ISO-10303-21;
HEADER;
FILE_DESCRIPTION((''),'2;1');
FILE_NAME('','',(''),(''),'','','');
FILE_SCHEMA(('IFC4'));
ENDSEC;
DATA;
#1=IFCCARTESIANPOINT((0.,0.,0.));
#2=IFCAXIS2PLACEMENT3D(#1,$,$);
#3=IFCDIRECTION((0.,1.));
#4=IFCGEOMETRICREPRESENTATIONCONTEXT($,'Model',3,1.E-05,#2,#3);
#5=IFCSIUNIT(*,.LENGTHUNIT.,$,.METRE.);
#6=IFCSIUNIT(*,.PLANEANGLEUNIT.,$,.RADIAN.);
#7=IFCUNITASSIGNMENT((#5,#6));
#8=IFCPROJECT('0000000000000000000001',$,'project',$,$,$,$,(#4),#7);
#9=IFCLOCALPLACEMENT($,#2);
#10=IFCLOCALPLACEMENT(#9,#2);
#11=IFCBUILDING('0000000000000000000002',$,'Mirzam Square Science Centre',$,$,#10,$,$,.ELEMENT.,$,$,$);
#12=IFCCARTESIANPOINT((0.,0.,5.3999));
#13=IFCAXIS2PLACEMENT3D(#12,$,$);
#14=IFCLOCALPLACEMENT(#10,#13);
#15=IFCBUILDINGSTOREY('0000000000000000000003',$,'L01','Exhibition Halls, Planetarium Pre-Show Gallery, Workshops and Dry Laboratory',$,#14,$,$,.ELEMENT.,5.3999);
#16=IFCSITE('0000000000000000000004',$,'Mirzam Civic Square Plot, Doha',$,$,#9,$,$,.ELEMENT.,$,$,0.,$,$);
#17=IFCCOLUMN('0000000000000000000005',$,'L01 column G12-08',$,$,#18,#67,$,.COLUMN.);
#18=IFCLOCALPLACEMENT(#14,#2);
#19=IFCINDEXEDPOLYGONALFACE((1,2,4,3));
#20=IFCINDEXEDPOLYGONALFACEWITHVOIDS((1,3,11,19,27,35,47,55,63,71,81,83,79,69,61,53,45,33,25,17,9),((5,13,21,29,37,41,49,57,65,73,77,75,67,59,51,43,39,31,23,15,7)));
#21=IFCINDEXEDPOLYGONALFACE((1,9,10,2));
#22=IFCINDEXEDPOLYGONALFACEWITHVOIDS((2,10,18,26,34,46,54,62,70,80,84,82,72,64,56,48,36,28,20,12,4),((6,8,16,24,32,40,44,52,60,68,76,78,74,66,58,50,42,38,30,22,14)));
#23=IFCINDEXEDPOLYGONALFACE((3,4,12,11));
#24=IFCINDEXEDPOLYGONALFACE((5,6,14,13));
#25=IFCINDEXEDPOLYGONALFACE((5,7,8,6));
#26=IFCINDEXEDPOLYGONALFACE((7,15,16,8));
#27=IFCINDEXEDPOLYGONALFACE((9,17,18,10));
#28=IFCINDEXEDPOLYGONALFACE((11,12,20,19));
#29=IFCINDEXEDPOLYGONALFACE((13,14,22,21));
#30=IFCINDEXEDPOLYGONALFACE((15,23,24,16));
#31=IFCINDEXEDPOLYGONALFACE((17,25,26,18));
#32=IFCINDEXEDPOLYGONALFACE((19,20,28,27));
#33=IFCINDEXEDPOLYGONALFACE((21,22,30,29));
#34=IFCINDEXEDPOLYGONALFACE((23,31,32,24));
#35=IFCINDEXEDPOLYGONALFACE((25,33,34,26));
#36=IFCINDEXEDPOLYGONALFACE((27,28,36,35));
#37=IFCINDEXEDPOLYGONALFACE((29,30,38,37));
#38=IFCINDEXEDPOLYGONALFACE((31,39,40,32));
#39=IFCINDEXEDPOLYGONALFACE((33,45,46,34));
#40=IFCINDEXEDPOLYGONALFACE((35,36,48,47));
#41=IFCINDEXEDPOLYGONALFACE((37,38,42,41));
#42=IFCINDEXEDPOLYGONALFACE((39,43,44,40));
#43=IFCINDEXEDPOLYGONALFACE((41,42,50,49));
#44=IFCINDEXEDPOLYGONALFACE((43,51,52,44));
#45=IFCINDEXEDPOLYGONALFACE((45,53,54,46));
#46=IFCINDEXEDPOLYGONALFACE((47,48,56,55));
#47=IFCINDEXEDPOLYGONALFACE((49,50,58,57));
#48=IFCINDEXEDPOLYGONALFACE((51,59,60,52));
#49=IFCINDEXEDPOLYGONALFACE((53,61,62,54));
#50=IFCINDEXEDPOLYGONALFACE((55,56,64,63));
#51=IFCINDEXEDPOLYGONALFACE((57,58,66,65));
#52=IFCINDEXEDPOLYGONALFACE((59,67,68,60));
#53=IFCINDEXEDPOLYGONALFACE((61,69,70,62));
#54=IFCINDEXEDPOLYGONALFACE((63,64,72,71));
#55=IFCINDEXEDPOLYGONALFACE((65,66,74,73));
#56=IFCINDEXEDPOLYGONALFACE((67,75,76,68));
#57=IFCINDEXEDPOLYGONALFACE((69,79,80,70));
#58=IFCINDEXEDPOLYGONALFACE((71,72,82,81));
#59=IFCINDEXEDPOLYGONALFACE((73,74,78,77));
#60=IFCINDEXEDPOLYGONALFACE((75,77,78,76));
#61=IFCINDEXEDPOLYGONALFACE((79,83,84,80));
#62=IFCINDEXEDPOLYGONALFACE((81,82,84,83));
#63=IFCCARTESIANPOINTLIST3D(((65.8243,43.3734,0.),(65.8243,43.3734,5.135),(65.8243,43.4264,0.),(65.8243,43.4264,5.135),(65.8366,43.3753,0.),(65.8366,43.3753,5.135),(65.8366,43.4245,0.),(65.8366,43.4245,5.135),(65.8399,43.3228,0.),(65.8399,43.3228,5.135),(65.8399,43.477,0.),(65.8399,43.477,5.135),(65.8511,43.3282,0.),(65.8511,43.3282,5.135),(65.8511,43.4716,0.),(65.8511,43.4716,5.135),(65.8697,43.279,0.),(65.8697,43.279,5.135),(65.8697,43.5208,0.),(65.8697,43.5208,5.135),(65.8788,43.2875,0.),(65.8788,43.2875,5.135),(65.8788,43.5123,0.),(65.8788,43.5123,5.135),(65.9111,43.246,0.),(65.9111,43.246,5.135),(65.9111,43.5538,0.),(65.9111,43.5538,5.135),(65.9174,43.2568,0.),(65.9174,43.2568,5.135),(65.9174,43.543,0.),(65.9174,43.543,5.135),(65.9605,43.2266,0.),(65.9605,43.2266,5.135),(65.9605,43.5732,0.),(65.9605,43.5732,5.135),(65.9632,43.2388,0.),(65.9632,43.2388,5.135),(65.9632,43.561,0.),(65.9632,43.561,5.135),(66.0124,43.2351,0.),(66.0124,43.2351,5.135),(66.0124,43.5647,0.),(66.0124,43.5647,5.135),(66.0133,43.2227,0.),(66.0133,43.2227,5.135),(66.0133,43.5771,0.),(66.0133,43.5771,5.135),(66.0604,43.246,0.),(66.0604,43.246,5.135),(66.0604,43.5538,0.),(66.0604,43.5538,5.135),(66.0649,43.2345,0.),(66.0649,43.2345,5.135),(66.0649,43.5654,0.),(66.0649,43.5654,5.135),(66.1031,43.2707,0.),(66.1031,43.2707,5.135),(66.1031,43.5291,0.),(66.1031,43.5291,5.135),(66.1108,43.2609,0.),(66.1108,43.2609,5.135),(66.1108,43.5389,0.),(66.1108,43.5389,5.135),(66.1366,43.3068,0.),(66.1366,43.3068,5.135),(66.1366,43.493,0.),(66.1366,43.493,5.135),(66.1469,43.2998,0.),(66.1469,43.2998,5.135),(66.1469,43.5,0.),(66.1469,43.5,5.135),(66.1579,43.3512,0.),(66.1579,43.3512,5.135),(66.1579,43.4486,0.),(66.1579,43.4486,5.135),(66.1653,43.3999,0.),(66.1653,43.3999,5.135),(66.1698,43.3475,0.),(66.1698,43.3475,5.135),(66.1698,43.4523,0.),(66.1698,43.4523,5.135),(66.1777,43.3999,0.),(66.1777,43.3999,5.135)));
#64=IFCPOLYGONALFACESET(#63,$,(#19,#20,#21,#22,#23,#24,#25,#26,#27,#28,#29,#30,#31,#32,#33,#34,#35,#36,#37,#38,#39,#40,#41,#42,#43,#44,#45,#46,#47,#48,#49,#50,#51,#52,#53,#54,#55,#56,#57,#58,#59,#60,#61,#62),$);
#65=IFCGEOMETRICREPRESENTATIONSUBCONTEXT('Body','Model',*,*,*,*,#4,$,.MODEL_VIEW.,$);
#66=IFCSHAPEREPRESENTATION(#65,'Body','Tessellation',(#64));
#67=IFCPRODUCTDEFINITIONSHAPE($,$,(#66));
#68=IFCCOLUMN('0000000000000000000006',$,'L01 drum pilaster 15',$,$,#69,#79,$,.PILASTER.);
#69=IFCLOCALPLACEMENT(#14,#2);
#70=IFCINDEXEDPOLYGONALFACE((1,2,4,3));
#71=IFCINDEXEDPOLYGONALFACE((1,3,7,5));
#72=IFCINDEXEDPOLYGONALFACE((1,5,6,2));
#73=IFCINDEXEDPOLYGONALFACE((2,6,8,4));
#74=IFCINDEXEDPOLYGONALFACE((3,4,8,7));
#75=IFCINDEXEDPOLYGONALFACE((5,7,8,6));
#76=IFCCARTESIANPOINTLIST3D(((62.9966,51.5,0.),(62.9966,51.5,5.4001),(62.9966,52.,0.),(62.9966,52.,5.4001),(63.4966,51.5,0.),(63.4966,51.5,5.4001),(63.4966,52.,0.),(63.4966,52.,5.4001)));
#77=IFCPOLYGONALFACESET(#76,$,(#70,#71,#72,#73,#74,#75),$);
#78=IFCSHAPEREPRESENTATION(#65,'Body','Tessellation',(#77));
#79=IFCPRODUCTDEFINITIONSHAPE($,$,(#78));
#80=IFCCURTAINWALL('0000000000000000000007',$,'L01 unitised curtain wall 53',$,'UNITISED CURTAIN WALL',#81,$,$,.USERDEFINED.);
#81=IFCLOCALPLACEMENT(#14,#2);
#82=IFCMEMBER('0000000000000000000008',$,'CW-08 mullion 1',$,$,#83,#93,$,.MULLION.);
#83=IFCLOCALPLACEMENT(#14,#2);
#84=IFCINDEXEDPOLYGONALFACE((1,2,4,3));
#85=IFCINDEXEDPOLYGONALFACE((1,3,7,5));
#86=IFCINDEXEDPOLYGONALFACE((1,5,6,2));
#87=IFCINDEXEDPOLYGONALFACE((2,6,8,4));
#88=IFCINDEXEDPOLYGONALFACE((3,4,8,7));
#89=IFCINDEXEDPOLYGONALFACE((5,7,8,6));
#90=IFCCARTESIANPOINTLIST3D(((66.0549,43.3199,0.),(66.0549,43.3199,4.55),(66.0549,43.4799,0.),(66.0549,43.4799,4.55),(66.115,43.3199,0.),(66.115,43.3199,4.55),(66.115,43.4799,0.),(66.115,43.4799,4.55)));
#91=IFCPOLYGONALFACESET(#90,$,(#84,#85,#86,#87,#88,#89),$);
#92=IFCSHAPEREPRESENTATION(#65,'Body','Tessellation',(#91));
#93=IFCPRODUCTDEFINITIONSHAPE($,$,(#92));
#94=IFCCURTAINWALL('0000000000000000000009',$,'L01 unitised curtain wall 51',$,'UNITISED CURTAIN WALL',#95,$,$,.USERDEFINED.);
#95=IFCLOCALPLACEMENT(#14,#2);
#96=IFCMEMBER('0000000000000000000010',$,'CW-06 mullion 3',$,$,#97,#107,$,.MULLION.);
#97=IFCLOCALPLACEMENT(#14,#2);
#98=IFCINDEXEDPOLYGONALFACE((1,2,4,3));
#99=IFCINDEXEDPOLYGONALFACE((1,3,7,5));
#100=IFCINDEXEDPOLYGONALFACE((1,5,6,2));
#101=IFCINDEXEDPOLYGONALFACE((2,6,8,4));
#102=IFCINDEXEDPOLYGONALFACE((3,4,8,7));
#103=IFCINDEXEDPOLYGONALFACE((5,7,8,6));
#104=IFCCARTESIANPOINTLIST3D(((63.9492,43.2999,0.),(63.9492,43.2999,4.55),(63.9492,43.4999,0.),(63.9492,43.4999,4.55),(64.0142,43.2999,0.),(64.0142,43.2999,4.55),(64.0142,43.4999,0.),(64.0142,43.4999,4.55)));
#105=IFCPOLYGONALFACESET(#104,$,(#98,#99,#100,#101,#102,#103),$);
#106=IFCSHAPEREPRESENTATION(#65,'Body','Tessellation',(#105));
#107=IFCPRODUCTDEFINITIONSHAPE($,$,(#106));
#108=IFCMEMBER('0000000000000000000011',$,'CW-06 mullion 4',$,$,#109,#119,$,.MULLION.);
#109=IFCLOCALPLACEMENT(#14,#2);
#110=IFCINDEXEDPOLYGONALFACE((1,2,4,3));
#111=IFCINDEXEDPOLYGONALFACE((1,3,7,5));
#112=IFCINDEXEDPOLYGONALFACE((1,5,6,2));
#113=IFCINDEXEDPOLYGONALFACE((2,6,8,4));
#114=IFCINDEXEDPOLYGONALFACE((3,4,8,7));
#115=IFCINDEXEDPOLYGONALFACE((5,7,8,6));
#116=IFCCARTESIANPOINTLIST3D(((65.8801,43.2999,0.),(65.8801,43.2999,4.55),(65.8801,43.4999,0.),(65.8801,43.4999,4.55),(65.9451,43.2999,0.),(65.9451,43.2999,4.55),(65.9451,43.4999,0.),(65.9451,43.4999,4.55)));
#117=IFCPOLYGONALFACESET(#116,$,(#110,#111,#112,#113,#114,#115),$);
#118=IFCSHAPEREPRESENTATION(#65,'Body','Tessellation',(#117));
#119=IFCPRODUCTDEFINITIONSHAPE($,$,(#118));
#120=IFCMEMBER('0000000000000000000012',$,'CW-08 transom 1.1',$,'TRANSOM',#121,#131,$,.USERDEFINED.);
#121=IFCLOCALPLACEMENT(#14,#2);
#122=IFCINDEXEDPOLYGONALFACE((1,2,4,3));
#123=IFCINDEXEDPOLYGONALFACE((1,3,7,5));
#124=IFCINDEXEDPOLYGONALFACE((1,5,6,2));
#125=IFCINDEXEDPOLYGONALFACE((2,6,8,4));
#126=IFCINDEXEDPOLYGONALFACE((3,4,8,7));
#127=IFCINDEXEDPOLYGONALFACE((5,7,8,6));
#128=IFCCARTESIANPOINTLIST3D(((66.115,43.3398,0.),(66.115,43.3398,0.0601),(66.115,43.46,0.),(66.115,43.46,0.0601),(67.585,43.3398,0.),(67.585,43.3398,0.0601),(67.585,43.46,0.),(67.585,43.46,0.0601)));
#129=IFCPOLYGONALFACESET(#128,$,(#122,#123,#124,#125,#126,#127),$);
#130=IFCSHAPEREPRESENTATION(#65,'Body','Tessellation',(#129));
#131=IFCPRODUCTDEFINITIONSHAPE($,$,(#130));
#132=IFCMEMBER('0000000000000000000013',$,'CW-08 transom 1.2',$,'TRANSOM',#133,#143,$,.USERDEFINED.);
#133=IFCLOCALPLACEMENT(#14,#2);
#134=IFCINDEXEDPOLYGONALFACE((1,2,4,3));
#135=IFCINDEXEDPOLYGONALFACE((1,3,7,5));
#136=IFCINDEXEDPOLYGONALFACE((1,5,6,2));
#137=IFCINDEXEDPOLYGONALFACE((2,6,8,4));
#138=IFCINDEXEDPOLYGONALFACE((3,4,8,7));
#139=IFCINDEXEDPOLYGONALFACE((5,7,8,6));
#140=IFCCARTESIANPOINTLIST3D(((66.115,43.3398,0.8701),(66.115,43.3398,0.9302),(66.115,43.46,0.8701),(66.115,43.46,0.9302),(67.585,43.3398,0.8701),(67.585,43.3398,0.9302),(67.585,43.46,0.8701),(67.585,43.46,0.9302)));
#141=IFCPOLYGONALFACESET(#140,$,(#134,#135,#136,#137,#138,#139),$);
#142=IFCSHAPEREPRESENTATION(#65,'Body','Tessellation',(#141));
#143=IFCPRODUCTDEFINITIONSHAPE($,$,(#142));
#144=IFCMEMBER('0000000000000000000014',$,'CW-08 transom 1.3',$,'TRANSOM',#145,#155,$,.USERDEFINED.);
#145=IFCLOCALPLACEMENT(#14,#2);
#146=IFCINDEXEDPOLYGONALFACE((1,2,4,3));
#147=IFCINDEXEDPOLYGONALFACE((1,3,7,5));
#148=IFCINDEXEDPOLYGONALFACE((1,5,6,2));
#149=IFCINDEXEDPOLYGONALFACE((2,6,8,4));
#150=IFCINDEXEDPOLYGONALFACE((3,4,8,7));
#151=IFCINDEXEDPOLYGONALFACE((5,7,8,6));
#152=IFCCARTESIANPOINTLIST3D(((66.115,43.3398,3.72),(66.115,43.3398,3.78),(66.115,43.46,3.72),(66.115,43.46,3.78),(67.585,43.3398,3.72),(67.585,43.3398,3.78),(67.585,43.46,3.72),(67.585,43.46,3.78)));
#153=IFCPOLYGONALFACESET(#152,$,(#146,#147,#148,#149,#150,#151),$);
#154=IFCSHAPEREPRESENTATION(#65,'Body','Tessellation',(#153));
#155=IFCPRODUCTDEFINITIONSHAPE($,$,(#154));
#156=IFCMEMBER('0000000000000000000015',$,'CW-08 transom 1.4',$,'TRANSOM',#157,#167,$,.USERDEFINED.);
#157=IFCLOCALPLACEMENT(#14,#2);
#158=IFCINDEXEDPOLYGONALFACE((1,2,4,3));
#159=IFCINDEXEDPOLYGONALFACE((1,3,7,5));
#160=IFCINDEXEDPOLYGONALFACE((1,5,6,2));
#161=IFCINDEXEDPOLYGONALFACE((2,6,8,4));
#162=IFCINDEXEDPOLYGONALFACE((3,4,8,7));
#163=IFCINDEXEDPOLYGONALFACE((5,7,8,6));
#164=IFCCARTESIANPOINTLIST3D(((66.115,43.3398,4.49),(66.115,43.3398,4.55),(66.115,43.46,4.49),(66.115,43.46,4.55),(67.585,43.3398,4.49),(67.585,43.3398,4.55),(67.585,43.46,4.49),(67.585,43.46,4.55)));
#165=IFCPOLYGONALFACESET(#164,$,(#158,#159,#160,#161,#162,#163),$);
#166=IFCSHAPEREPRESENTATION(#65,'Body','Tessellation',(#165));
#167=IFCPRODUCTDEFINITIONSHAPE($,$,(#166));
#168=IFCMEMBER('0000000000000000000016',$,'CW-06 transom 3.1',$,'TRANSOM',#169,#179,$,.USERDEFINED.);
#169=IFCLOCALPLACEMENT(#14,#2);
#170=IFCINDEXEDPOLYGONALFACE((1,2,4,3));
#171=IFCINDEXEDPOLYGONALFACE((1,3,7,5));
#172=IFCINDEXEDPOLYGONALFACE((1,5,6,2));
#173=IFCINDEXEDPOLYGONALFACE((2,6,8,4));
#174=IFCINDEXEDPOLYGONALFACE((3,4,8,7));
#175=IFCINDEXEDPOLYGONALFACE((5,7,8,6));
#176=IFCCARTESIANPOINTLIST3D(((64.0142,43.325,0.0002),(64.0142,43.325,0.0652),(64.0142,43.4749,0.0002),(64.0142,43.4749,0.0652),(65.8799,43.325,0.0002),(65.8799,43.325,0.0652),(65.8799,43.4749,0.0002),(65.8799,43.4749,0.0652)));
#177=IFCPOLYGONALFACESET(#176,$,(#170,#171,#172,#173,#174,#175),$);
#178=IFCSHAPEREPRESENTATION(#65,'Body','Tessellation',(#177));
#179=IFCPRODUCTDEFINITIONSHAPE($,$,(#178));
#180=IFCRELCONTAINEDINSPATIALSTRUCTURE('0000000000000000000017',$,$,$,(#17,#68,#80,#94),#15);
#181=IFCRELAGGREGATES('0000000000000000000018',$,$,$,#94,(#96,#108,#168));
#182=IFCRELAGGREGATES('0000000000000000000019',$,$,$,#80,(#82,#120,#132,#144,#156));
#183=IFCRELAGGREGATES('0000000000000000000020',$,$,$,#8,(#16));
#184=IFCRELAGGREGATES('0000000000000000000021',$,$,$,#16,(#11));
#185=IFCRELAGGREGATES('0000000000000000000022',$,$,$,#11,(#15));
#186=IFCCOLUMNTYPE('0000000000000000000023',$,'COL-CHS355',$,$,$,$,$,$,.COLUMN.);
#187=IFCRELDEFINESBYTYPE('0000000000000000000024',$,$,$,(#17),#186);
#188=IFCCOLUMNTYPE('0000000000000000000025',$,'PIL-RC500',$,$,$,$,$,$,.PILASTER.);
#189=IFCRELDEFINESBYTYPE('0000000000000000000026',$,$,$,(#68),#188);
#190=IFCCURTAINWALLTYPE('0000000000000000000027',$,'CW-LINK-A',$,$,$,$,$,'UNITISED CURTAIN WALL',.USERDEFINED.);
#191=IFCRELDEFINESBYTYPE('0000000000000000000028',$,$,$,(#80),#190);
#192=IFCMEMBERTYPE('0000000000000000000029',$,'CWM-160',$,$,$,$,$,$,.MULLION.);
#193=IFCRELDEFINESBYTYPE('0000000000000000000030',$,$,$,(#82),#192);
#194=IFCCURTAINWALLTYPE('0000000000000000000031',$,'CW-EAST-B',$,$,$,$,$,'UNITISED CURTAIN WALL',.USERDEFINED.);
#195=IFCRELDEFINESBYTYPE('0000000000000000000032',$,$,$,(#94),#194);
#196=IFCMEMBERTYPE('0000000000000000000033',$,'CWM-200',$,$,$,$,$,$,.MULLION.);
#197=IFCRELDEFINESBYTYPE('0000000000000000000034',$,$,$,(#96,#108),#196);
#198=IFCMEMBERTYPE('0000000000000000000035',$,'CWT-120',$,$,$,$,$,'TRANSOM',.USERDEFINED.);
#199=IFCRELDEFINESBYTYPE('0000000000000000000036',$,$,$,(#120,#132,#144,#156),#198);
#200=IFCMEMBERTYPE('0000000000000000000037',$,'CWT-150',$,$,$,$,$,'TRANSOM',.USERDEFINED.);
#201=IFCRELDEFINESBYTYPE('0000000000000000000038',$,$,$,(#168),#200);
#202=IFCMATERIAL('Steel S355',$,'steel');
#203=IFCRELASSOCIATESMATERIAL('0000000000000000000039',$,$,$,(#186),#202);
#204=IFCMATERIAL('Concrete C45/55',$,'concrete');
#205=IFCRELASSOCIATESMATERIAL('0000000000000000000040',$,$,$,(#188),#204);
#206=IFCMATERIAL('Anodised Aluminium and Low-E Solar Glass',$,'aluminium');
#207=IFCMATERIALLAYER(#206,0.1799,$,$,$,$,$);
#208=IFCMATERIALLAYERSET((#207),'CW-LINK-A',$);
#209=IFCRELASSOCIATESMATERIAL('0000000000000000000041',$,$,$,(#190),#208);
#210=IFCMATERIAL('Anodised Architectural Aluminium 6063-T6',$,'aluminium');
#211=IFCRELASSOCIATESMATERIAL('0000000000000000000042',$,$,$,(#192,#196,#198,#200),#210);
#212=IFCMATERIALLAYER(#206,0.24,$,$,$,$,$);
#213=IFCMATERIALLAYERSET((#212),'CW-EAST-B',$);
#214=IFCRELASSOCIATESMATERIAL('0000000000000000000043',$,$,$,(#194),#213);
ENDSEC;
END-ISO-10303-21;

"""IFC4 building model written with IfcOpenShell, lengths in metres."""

from ifc_helpers import new_model, si_unit, direction, frame, origin, origin_2d, place, context, subcontext, project, spatial, rectangle, hollow_circle, extrude, material, layer, layer_set, material_profile, profile_set, type_object, element, aggregate, save


model = new_model("IFC4")

# Units and contexts
model_context = context("Model", 3, precision=1e-05, world=origin(), true_north=direction((0.0, 1.0)))
body_context = subcontext(model_context, "Body", "Model", "MODEL_VIEW")
ifc_project = project(units=[si_unit("LENGTHUNIT", "METRE"), si_unit("PLANEANGLEUNIT", "RADIAN")], contexts=[model_context])

# Site, building, storey
site_placement = place(None, origin())
site = spatial("IfcSite", under=ifc_project, at=site_placement, Name="Mirzam Civic Square Plot, Doha", CompositionType="ELEMENT", RefElevation=0.0)
building_placement = place(site_placement, origin())
building = spatial("IfcBuilding", under=site, at=building_placement, Name="Mirzam Square Science Centre", CompositionType="ELEMENT")
storey_placement = place(building_placement, frame((0.0, 0.0, 5.3999)))
storey = spatial("IfcBuildingStorey", under=building, at=storey_placement, Name="L01", Description="Exhibition Halls, Planetarium Pre-Show Gallery, Workshops and Dry Laboratory", CompositionType="ELEMENT", Elevation=5.3999)

# Columns
ifc_material_1 = material(Name="Steel S355", Category="steel")
ifc_material_profile_1 = material_profile(ifc_material_1, hollow_circle(Radius=0.1777, WallThickness=0.0125, at=origin_2d()), Name="355.6x12.5CHS")
ifc_profile_set_1 = profile_set([ifc_material_profile_1], Name="Steel S355")
column_type_1 = type_object("IfcColumnType", Name="COL-CHS355", PredefinedType="COLUMN", material=ifc_profile_set_1)
column_1_placement = place(storey_placement, frame((66.0, 43.3999, 0.0), z_axis=(0.0, 0.0, 1.0), x_axis=(1.0, 0.0, 0.0)))
element("IfcColumn", 1, at=column_1_placement, inside=storey, type_object=column_type_1, Name="L01 column G12-08", PredefinedType="COLUMN", context=body_context, shape_type="SweptSolid", body=[
    extrude(hollow_circle(Radius=0.1777, WallThickness=0.0125, at=origin_2d()), origin(), (0.0, 0.0, 1.0), 5.135),
])
ifc_material_2 = material(Name="Concrete C45/55", Category="concrete")
ifc_material_profile_2 = material_profile(ifc_material_2, rectangle(XDim=0.5, YDim=0.5, at=origin_2d()), Name="RC500x500")
ifc_profile_set_2 = profile_set([ifc_material_profile_2], Name="Concrete C45/55")
column_type_2 = type_object("IfcColumnType", Name="PIL-RC500", PredefinedType="PILASTER", material=ifc_profile_set_2)
column_2_placement = place(storey_placement, frame((63.2466, 51.75, 0.0), z_axis=(0.0, 0.0, 1.0), x_axis=(1.0, 0.0, 0.0)))
element("IfcColumn", 2, at=column_2_placement, inside=storey, type_object=column_type_2, Name="L01 drum pilaster 15", PredefinedType="PILASTER", context=body_context, shape_type="SweptSolid", body=[
    extrude(rectangle(XDim=0.5, YDim=0.5, at=origin_2d()), origin(), (0.0, 0.0, 1.0), 5.4001),
])

# Curtain wall, member
ifc_material_3 = material(Name="Anodised Aluminium and Low-E Solar Glass", Category="aluminium")
ifc_layer_1 = layer(ifc_material_3, 0.1799)
ifc_layer_set_1 = layer_set([ifc_layer_1], Name="CW-LINK-A")
curtain_wall_type_1 = type_object("IfcCurtainWallType", Name="CW-LINK-A", ElementType="UNITISED CURTAIN WALL", PredefinedType="USERDEFINED", material=ifc_layer_set_1)
curtain_wall_1_placement = place(storey_placement, origin())
curtain_wall_1 = element("IfcCurtainWall", 3, at=curtain_wall_1_placement, inside=storey, type_object=curtain_wall_type_1, Name="L01 unitised curtain wall 53", ObjectType="UNITISED CURTAIN WALL", PredefinedType="USERDEFINED")
ifc_material_4 = material(Name="Anodised Architectural Aluminium 6063-T6", Category="aluminium")
ifc_material_profile_3 = material_profile(ifc_material_4, rectangle(XDim=0.0601, YDim=0.1599, at=origin_2d()), Name="ALU-MULL-160x60x4")
ifc_profile_set_3 = profile_set([ifc_material_profile_3], Name="Anodised Architectural Aluminium 6063-T6")
member_type_1 = type_object("IfcMemberType", Name="CWM-160", PredefinedType="MULLION", material=ifc_profile_set_3)
member_1_placement = place(storey_placement, frame((66.085, 43.3999, 0.0), z_axis=(0.0, 0.0, 1.0), x_axis=(1.0, 0.0, 0.0)))
member_1 = element("IfcMember", 4, at=member_1_placement, type_object=member_type_1, Name="CW-08 mullion 1", PredefinedType="MULLION", context=body_context, shape_type="SweptSolid", body=[
    extrude(rectangle(XDim=0.0601, YDim=0.1599, at=origin_2d()), origin(), (0.0, 0.0, 1.0), 4.55),
])

# Curtain wall, members
ifc_layer_2 = layer(ifc_material_3, 0.24)
ifc_layer_set_2 = layer_set([ifc_layer_2], Name="CW-EAST-B")
curtain_wall_type_2 = type_object("IfcCurtainWallType", Name="CW-EAST-B", ElementType="UNITISED CURTAIN WALL", PredefinedType="USERDEFINED", material=ifc_layer_set_2)
curtain_wall_2_placement = place(storey_placement, origin())
curtain_wall_2 = element("IfcCurtainWall", 5, at=curtain_wall_2_placement, inside=storey, type_object=curtain_wall_type_2, Name="L01 unitised curtain wall 51", ObjectType="UNITISED CURTAIN WALL", PredefinedType="USERDEFINED")
ifc_material_profile_4 = material_profile(ifc_material_4, rectangle(XDim=0.0649, YDim=0.2, at=origin_2d()), Name="ALU-MULL-200x65x5")
ifc_profile_set_4 = profile_set([ifc_material_profile_4], Name="Anodised Architectural Aluminium 6063-T6")
member_type_2 = type_object("IfcMemberType", Name="CWM-200", PredefinedType="MULLION", material=ifc_profile_set_4)
member_2_placement = place(storey_placement, frame((63.9817, 43.3999, 0.0), z_axis=(0.0, 0.0, 1.0), x_axis=(1.0, 0.0, 0.0)))
member_2 = element("IfcMember", 6, at=member_2_placement, type_object=member_type_2, Name="CW-06 mullion 3", PredefinedType="MULLION", context=body_context, shape_type="SweptSolid", body=[
    extrude(rectangle(XDim=0.0649, YDim=0.2, at=origin_2d()), origin(), (0.0, 0.0, 1.0), 4.55),
])
member_3_placement = place(storey_placement, frame((65.9126, 43.3999, 0.0), z_axis=(0.0, 0.0, 1.0), x_axis=(1.0, 0.0, 0.0)))
member_3 = element("IfcMember", 7, at=member_3_placement, type_object=member_type_2, Name="CW-06 mullion 4", PredefinedType="MULLION", context=body_context, shape_type="SweptSolid", body=[
    extrude(rectangle(XDim=0.0649, YDim=0.2, at=origin_2d()), origin(), (0.0, 0.0, 1.0), 4.55),
])

# Members
ifc_material_profile_5 = material_profile(ifc_material_4, rectangle(XDim=0.1201, YDim=0.0601, at=origin_2d()), Name="ALU-TRAN-120x60x4")
ifc_profile_set_5 = profile_set([ifc_material_profile_5], Name="Anodised Architectural Aluminium 6063-T6")
member_type_3 = type_object("IfcMemberType", Name="CWT-120", ElementType="TRANSOM", PredefinedType="USERDEFINED", material=ifc_profile_set_5)
member_4_placement = place(storey_placement, frame((66.115, 43.3999, 0.03), z_axis=(1.0, 0.0, 0.0), x_axis=(0.0, 1.0, 0.0)))
member_4 = element("IfcMember", 8, at=member_4_placement, type_object=member_type_3, Name="CW-08 transom 1.1", ObjectType="TRANSOM", PredefinedType="USERDEFINED", context=body_context, shape_type="SweptSolid", body=[
    extrude(rectangle(XDim=0.1201, YDim=0.0601, at=origin_2d()), origin(), (0.0, 0.0, 1.0), 1.47),
])
member_5_placement = place(storey_placement, frame((66.115, 43.3999, 0.9001), z_axis=(1.0, 0.0, 0.0), x_axis=(0.0, 1.0, 0.0)))
member_5 = element("IfcMember", 9, at=member_5_placement, type_object=member_type_3, Name="CW-08 transom 1.2", ObjectType="TRANSOM", PredefinedType="USERDEFINED", context=body_context, shape_type="SweptSolid", body=[
    extrude(rectangle(XDim=0.1201, YDim=0.0601, at=origin_2d()), origin(), (0.0, 0.0, 1.0), 1.47),
])
member_6_placement = place(storey_placement, frame((66.115, 43.3999, 3.75), z_axis=(1.0, 0.0, 0.0), x_axis=(0.0, 1.0, 0.0)))
member_6 = element("IfcMember", 10, at=member_6_placement, type_object=member_type_3, Name="CW-08 transom 1.3", ObjectType="TRANSOM", PredefinedType="USERDEFINED", context=body_context, shape_type="SweptSolid", body=[
    extrude(rectangle(XDim=0.1201, YDim=0.0601, at=origin_2d()), origin(), (0.0, 0.0, 1.0), 1.47),
])
member_7_placement = place(storey_placement, frame((66.115, 43.3999, 4.52), z_axis=(1.0, 0.0, 0.0), x_axis=(0.0, 1.0, 0.0)))
member_7 = element("IfcMember", 11, at=member_7_placement, type_object=member_type_3, Name="CW-08 transom 1.4", ObjectType="TRANSOM", PredefinedType="USERDEFINED", context=body_context, shape_type="SweptSolid", body=[
    extrude(rectangle(XDim=0.1201, YDim=0.0601, at=origin_2d()), origin(), (0.0, 0.0, 1.0), 1.47),
])
ifc_material_profile_6 = material_profile(ifc_material_4, rectangle(XDim=0.1499, YDim=0.0649, at=origin_2d()), Name="ALU-TRAN-150x65x4")
ifc_profile_set_6 = profile_set([ifc_material_profile_6], Name="Anodised Architectural Aluminium 6063-T6")
member_type_4 = type_object("IfcMemberType", Name="CWT-150", ElementType="TRANSOM", PredefinedType="USERDEFINED", material=ifc_profile_set_6)
member_8_placement = place(storey_placement, frame((64.0142, 43.3999, 0.0327), z_axis=(1.0, 0.0, 0.0), x_axis=(0.0, 1.0, 0.0)))
member_8 = element("IfcMember", 12, at=member_8_placement, type_object=member_type_4, Name="CW-06 transom 3.1", ObjectType="TRANSOM", PredefinedType="USERDEFINED", context=body_context, shape_type="SweptSolid", body=[
    extrude(rectangle(XDim=0.1499, YDim=0.0649, at=origin_2d()), origin(), (0.0, 0.0, 1.0), 1.8657),
])

aggregate(curtain_wall_2, [member_2, member_3, member_8])
aggregate(curtain_wall_1, [member_1, member_4, member_5, member_6, member_7])

save(model, "model.ifc")
